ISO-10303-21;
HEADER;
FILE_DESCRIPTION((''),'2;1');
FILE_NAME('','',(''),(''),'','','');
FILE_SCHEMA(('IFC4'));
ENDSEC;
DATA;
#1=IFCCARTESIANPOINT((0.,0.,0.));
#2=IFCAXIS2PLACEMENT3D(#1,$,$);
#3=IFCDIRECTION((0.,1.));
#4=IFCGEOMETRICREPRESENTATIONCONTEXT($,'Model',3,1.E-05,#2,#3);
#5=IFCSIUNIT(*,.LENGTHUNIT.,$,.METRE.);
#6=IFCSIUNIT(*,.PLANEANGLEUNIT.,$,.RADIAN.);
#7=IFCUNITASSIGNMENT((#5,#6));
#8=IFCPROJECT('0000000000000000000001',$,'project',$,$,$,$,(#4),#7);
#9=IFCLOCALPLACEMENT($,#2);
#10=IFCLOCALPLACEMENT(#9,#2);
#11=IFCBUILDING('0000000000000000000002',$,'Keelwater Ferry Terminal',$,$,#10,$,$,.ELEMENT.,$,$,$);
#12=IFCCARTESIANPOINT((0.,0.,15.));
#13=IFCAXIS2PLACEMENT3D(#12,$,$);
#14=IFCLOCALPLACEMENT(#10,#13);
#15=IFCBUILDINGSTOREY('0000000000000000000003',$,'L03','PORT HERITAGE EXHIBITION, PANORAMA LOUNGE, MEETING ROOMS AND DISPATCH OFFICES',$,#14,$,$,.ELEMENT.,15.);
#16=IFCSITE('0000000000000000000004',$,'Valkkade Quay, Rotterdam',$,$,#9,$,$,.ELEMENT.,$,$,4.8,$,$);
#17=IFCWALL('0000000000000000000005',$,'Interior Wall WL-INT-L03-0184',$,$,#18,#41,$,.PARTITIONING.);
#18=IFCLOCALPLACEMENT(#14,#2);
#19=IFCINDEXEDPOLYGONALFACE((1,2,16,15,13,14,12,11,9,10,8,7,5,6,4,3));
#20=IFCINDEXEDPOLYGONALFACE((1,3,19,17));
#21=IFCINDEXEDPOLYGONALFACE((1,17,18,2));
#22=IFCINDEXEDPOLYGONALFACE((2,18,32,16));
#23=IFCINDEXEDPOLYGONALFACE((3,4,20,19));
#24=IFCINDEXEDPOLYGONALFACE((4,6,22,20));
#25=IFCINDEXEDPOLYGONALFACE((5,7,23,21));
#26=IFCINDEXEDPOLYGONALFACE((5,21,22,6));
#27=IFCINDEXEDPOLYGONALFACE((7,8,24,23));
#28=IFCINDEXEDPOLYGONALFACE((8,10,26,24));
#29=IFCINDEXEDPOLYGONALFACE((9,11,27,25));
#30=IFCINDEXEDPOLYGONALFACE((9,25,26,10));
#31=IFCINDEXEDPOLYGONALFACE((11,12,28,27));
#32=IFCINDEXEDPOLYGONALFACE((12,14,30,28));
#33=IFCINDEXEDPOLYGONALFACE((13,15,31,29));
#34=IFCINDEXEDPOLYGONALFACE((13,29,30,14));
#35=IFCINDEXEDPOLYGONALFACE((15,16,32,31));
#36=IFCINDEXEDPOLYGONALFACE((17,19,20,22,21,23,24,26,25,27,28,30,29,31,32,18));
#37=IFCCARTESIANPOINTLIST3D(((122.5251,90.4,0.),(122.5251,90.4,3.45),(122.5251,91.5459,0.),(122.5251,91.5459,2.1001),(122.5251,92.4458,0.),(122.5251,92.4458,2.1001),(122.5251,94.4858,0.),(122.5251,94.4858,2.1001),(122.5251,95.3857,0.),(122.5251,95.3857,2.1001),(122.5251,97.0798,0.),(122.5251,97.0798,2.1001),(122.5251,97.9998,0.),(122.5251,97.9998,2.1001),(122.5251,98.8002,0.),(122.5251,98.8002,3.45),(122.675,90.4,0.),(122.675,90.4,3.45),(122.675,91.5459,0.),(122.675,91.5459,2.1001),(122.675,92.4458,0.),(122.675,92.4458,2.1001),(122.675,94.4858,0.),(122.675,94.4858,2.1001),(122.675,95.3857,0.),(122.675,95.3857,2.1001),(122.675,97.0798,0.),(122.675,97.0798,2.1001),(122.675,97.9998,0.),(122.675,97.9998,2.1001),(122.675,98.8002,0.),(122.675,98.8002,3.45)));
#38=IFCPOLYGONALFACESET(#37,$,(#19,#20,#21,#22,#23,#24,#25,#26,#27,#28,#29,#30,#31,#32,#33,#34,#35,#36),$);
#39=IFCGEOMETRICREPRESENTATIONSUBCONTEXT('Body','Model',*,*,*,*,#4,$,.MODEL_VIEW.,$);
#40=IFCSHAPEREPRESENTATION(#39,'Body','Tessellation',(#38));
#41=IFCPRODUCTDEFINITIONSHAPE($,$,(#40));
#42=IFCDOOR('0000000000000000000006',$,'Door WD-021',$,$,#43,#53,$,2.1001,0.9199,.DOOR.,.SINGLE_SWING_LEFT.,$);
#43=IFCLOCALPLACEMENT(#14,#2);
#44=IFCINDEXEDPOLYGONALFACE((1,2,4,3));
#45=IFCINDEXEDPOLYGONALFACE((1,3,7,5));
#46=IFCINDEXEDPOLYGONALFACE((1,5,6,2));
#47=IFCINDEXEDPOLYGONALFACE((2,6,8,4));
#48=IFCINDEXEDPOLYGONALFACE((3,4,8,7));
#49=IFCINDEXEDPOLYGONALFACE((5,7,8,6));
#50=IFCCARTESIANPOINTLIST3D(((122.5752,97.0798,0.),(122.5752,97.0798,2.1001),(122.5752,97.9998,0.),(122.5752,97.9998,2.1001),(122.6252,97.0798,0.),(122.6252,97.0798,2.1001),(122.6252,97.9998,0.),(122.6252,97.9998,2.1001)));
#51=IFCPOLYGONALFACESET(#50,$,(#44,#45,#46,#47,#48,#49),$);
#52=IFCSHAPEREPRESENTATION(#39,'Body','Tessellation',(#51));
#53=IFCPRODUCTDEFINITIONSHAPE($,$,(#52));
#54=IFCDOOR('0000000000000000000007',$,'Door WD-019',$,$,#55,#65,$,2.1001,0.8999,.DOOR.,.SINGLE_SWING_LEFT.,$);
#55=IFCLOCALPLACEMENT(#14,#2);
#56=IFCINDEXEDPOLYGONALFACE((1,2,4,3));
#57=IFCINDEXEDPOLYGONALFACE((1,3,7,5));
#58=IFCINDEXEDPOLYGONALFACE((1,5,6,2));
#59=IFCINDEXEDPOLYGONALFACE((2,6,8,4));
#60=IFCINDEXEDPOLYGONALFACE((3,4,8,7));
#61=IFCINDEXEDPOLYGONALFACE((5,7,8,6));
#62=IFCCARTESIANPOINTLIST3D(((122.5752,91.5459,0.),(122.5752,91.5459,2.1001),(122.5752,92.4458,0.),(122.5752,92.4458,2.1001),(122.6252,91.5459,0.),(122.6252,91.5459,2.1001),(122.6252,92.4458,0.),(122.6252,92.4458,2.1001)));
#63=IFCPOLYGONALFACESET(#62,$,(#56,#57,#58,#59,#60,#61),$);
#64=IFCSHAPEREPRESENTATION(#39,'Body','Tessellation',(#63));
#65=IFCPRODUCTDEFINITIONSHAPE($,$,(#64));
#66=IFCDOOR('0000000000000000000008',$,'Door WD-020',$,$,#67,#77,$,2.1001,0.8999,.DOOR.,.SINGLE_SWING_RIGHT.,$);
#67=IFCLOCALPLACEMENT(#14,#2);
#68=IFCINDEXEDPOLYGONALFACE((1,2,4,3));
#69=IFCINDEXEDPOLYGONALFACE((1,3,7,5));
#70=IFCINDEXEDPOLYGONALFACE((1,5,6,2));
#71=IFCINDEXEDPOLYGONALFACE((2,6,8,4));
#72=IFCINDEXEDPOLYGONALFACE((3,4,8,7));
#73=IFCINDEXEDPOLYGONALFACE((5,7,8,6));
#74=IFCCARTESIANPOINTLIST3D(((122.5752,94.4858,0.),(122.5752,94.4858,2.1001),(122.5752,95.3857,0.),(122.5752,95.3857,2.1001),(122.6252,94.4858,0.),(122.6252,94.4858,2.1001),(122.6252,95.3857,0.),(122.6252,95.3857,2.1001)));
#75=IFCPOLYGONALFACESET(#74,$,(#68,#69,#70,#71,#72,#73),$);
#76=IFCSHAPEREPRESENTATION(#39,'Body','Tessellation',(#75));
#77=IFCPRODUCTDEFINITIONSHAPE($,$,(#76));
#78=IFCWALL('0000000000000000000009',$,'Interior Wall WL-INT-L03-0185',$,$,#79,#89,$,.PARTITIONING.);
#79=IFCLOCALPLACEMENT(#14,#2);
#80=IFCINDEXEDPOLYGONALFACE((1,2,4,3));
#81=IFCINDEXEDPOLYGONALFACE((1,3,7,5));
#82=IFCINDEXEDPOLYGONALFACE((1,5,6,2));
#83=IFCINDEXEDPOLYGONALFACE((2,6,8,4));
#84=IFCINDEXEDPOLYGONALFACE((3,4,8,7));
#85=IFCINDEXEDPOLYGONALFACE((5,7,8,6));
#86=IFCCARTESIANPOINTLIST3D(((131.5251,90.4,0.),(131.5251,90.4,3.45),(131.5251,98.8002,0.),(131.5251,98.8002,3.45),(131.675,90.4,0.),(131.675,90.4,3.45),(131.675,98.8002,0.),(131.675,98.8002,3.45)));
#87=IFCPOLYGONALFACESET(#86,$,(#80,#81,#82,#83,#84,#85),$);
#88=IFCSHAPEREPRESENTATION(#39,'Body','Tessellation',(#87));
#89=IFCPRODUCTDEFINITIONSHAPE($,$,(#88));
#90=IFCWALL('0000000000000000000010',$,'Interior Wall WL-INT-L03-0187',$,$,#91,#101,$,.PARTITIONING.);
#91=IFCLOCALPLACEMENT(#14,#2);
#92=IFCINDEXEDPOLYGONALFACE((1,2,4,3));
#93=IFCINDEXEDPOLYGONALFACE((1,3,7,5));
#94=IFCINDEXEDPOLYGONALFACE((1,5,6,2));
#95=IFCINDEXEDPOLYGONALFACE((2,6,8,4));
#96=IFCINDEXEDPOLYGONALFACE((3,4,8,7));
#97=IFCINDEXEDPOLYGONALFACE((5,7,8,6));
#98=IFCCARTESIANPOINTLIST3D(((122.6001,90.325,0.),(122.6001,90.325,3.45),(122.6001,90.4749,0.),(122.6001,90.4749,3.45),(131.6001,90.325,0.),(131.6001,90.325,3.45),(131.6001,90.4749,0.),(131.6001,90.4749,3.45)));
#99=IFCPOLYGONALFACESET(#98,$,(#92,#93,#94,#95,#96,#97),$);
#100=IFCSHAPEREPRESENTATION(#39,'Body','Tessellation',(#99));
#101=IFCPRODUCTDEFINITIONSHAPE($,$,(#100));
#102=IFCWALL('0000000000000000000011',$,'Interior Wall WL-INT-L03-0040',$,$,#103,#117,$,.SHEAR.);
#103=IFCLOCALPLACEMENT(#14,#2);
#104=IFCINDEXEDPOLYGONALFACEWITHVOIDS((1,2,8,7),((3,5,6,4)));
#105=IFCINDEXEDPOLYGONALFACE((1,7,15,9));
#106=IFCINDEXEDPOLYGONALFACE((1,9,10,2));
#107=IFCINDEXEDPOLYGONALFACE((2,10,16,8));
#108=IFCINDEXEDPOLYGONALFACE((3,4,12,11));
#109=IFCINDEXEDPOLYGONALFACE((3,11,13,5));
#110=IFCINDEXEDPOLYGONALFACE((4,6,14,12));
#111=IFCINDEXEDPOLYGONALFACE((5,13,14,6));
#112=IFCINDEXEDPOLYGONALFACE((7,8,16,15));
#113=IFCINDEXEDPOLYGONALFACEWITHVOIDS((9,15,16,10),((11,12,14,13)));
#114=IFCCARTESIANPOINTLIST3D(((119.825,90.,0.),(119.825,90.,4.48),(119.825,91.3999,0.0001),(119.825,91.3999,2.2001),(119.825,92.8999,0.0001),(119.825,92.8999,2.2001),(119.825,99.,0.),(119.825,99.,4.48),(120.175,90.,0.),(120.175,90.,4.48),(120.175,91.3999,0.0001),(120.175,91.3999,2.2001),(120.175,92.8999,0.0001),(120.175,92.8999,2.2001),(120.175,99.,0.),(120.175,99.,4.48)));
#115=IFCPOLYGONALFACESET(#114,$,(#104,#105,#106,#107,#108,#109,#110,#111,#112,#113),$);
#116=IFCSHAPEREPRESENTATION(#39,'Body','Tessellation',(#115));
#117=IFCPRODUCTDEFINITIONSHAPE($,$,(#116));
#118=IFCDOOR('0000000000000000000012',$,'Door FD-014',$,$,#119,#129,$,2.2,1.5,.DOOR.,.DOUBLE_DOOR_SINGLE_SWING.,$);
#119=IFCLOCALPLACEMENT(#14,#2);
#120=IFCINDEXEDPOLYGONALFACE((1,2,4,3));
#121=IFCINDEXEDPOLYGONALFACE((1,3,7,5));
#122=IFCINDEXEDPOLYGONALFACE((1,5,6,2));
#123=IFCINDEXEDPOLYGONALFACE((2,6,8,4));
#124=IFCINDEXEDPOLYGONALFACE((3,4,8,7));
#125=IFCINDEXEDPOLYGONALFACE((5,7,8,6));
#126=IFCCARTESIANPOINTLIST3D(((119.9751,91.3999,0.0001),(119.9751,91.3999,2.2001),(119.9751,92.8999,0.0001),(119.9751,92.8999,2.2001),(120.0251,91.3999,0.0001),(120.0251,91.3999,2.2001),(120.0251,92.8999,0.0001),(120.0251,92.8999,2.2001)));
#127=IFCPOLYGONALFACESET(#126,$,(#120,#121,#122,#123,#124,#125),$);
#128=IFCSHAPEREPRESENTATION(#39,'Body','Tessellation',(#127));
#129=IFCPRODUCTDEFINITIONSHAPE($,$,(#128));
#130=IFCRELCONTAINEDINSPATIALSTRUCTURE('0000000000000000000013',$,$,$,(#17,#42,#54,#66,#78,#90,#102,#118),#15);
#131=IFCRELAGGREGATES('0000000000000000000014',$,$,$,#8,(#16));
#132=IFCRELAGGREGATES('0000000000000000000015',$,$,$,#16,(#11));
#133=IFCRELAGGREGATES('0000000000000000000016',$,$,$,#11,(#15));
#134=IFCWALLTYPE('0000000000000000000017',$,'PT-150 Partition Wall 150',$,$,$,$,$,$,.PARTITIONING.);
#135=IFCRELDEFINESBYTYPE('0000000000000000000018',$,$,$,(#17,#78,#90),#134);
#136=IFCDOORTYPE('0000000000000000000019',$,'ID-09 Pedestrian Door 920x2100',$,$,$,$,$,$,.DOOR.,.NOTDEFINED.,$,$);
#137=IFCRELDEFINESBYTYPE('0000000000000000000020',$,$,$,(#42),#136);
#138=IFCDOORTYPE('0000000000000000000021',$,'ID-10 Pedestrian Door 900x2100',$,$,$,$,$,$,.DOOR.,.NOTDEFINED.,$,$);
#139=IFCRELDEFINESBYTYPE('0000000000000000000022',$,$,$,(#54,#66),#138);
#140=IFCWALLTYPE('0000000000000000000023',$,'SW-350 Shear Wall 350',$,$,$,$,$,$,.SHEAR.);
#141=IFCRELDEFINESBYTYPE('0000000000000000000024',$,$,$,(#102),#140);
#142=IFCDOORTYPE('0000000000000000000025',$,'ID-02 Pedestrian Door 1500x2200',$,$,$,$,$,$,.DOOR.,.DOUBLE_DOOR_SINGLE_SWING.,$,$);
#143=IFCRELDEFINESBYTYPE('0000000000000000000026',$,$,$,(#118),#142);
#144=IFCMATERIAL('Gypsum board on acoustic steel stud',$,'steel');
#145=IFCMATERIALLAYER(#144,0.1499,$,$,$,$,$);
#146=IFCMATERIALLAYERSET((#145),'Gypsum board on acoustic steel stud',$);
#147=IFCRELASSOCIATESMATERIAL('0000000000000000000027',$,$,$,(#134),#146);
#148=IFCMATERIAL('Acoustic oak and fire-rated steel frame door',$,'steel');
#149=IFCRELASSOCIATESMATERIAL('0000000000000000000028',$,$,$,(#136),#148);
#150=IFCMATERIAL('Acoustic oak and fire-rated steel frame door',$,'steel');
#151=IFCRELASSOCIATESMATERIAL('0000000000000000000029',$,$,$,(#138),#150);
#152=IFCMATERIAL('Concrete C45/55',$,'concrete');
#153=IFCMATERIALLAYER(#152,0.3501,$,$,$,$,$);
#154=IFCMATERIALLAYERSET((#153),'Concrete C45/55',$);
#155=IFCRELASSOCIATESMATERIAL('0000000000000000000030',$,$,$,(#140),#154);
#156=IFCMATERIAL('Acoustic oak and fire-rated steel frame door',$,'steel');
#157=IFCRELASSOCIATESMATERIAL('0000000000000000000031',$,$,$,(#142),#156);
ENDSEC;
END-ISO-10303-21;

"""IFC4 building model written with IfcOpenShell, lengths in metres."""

from ifc_helpers import new_model, si_unit, direction, frame, frame_2d, origin, place, context, subcontext, project, spatial, rectangle, extrude, material, layer, layer_set, type_object, element, fill, save


model = new_model("IFC4")

# Units and contexts
model_context = context("Model", 3, precision=1e-05, world=origin(), true_north=direction((0.0, 1.0)))
body_context = subcontext(model_context, "Body", "Model", "MODEL_VIEW")
ifc_project = project(units=[si_unit("LENGTHUNIT", "METRE"), si_unit("PLANEANGLEUNIT", "RADIAN")], contexts=[model_context])

# Site, building, storey
site_placement = place(None, origin())
site = spatial("IfcSite", under=ifc_project, at=site_placement, Name="Valkkade Quay, Rotterdam", CompositionType="ELEMENT", RefElevation=4.8)
building_placement = place(site_placement, origin())
building = spatial("IfcBuilding", under=site, at=building_placement, Name="Keelwater Ferry Terminal", CompositionType="ELEMENT")
storey_placement = place(building_placement, frame((0.0, 0.0, 15.0)))
storey = spatial("IfcBuildingStorey", under=building, at=storey_placement, Name="L03", Description="PORT HERITAGE EXHIBITION, PANORAMA LOUNGE, MEETING ROOMS AND DISPATCH OFFICES", CompositionType="ELEMENT", Elevation=15.0)

# Wall, openings, doors
ifc_material_1 = material(Name="Gypsum board on acoustic steel stud", Category="steel")
ifc_layer_1 = layer(ifc_material_1, 0.1499)
ifc_layer_set_1 = layer_set([ifc_layer_1], Name="Gypsum board on acoustic steel stud")
wall_type_1 = type_object("IfcWallType", Name="PT-150 Partition Wall 150", PredefinedType="PARTITIONING", material=ifc_layer_set_1)
wall_1_placement = place(storey_placement, frame((122.6001, 90.3999, 0.0), z_axis=(0.0, 0.0, 1.0), x_axis=(0.0, 1.0, 0.0)))
wall_1 = element("IfcWall", 1, at=wall_1_placement, inside=storey, type_object=wall_type_1, Name="Interior Wall WL-INT-L03-0184", PredefinedType="PARTITIONING", context=body_context, shape_type="SweptSolid", body=[
    extrude(rectangle(XDim=8.4001, YDim=0.1499, at=frame_2d((4.2002, 0.0))), origin(), (0.0, 0.0, 1.0), 3.45),
])
opening_1_placement = place(wall_1_placement, frame((1.146, 0.0, 0.0)))
opening_1 = element("IfcOpeningElement", 2, at=opening_1_placement, cuts=wall_1, PredefinedType="OPENING", context=body_context, shape_type="SweptSolid", body=[
    extrude(rectangle(XDim=0.8999, YDim=2.1001, at=frame_2d((0.45, 1.05))), frame((0.0, 0.085, 0.0), z_axis=(0.0, -1.0, 0.0), x_axis=(1.0, 0.0, 0.0)), (0.0, 0.0, 1.0), 0.1699),
])
opening_2_placement = place(wall_1_placement, frame((4.0859, 0.0, 0.0)))
opening_2 = element("IfcOpeningElement", 3, at=opening_2_placement, cuts=wall_1, PredefinedType="OPENING", context=body_context, shape_type="SweptSolid", body=[
    extrude(rectangle(XDim=0.8999, YDim=2.1001, at=frame_2d((0.45, 1.05))), frame((0.0, 0.085, 0.0), z_axis=(0.0, -1.0, 0.0), x_axis=(1.0, 0.0, 0.0)), (0.0, 0.0, 1.0), 0.1699),
])
opening_3_placement = place(wall_1_placement, frame((6.6799, 0.0, 0.0)))
opening_3 = element("IfcOpeningElement", 4, at=opening_3_placement, cuts=wall_1, PredefinedType="OPENING", context=body_context, shape_type="SweptSolid", body=[
    extrude(rectangle(XDim=0.9199, YDim=2.1001, at=frame_2d((0.46, 1.05))), frame((0.0, 0.085, 0.0), z_axis=(0.0, -1.0, 0.0), x_axis=(1.0, 0.0, 0.0)), (0.0, 0.0, 1.0), 0.1699),
])
ifc_material_2 = material(Name="Acoustic oak and fire-rated steel frame door", Category="steel")
door_type_1 = type_object("IfcDoorType", Name="ID-09 Pedestrian Door 920x2100", OperationType="NOTDEFINED", PredefinedType="DOOR", material=ifc_material_2)
door_1_placement = place(opening_3_placement, origin())
door_1 = element("IfcDoor", 5, at=door_1_placement, inside=storey, type_object=door_type_1, Name="Door WD-021", OperationType="SINGLE_SWING_LEFT", OverallHeight=2.1001, OverallWidth=0.9199, PredefinedType="DOOR", context=body_context, shape_type="SweptSolid", body=[
    extrude(rectangle(XDim=0.9199, YDim=2.1001, at=frame_2d((0.46, 1.05))), frame((0.0, 0.0249, 0.0), z_axis=(0.0, -1.0, 0.0), x_axis=(1.0, 0.0, 0.0)), (0.0, 0.0, 1.0), 0.05),
])
fill(opening_3, door_1)
ifc_material_3 = material(Name="Acoustic oak and fire-rated steel frame door", Category="steel")
door_type_2 = type_object("IfcDoorType", Name="ID-10 Pedestrian Door 900x2100", OperationType="NOTDEFINED", PredefinedType="DOOR", material=ifc_material_3)
door_2_placement = place(opening_1_placement, origin())
door_2 = element("IfcDoor", 6, at=door_2_placement, inside=storey, type_object=door_type_2, Name="Door WD-019", OperationType="SINGLE_SWING_LEFT", OverallHeight=2.1001, OverallWidth=0.8999, PredefinedType="DOOR", context=body_context, shape_type="SweptSolid", body=[
    extrude(rectangle(XDim=0.8999, YDim=2.1001, at=frame_2d((0.45, 1.05))), frame((0.0, 0.0249, 0.0), z_axis=(0.0, -1.0, 0.0), x_axis=(1.0, 0.0, 0.0)), (0.0, 0.0, 1.0), 0.05),
])
fill(opening_1, door_2)
door_3_placement = place(opening_2_placement, origin())
door_3 = element("IfcDoor", 7, at=door_3_placement, inside=storey, type_object=door_type_2, Name="Door WD-020", OperationType="SINGLE_SWING_RIGHT", OverallHeight=2.1001, OverallWidth=0.8999, PredefinedType="DOOR", context=body_context, shape_type="SweptSolid", body=[
    extrude(rectangle(XDim=0.8999, YDim=2.1001, at=frame_2d((0.45, 1.05))), frame((0.0, 0.0249, 0.0), z_axis=(0.0, -1.0, 0.0), x_axis=(1.0, 0.0, 0.0)), (0.0, 0.0, 1.0), 0.05),
])
fill(opening_2, door_3)

# Walls
wall_2_placement = place(storey_placement, frame((131.6001, 90.3999, 0.0), z_axis=(0.0, 0.0, 1.0), x_axis=(0.0, 1.0, 0.0)))
element("IfcWall", 8, at=wall_2_placement, inside=storey, type_object=wall_type_1, Name="Interior Wall WL-INT-L03-0185", PredefinedType="PARTITIONING", context=body_context, shape_type="SweptSolid", body=[
    extrude(rectangle(XDim=8.4001, YDim=0.1499, at=frame_2d((4.2002, 0.0))), origin(), (0.0, 0.0, 1.0), 3.45),
])
wall_3_placement = place(storey_placement, frame((122.6001, 90.3999, 0.0), z_axis=(0.0, 0.0, 1.0), x_axis=(1.0, 0.0, 0.0)))
element("IfcWall", 9, at=wall_3_placement, inside=storey, type_object=wall_type_1, Name="Interior Wall WL-INT-L03-0187", PredefinedType="PARTITIONING", context=body_context, shape_type="SweptSolid", body=[
    extrude(rectangle(XDim=9.0, YDim=0.1499, at=frame_2d((4.5, 0.0))), origin(), (0.0, 0.0, 1.0), 3.45),
])

# Wall, opening, door
ifc_material_4 = material(Name="Concrete C45/55", Category="concrete")
ifc_layer_2 = layer(ifc_material_4, 0.3501)
ifc_layer_set_2 = layer_set([ifc_layer_2], Name="Concrete C45/55")
wall_type_2 = type_object("IfcWallType", Name="SW-350 Shear Wall 350", PredefinedType="SHEAR", material=ifc_layer_set_2)
wall_4_placement = place(storey_placement, frame((120.0, 90.0, 0.0), z_axis=(0.0, 0.0, 1.0), x_axis=(0.0, 1.0, 0.0)))
wall_4 = element("IfcWall", 10, at=wall_4_placement, inside=storey, type_object=wall_type_2, Name="Interior Wall WL-INT-L03-0040", PredefinedType="SHEAR", context=body_context, shape_type="SweptSolid", body=[
    extrude(rectangle(XDim=9.0, YDim=0.3501, at=frame_2d((4.5, 0.0))), origin(), (0.0, 0.0, 1.0), 4.48),
])
opening_4_placement = place(wall_4_placement, frame((1.3999, 0.0, 0.0)))
opening_4 = element("IfcOpeningElement", 11, at=opening_4_placement, cuts=wall_4, PredefinedType="OPENING", context=body_context, shape_type="SweptSolid", body=[
    extrude(rectangle(XDim=1.5, YDim=2.2, at=frame_2d((0.75, 1.1001))), frame((0.0, 0.1851, 0.0), z_axis=(0.0, -1.0, 0.0), x_axis=(1.0, 0.0, 0.0)), (0.0, 0.0, 1.0), 0.3701),
])
ifc_material_5 = material(Name="Acoustic oak and fire-rated steel frame door", Category="steel")
door_type_3 = type_object("IfcDoorType", Name="ID-02 Pedestrian Door 1500x2200", OperationType="DOUBLE_DOOR_SINGLE_SWING", PredefinedType="DOOR", material=ifc_material_5)
door_4_placement = place(opening_4_placement, origin())
door_4 = element("IfcDoor", 12, at=door_4_placement, inside=storey, type_object=door_type_3, Name="Door FD-014", OperationType="DOUBLE_DOOR_SINGLE_SWING", OverallHeight=2.2, OverallWidth=1.5, PredefinedType="DOOR", context=body_context, shape_type="SweptSolid", body=[
    extrude(rectangle(XDim=1.5, YDim=2.2, at=frame_2d((0.75, 1.1001))), frame((0.0, 0.0249, 0.0), z_axis=(0.0, -1.0, 0.0), x_axis=(1.0, 0.0, 0.0)), (0.0, 0.0, 1.0), 0.05),
])
fill(opening_4, door_4)

save(model, "model.ifc")
